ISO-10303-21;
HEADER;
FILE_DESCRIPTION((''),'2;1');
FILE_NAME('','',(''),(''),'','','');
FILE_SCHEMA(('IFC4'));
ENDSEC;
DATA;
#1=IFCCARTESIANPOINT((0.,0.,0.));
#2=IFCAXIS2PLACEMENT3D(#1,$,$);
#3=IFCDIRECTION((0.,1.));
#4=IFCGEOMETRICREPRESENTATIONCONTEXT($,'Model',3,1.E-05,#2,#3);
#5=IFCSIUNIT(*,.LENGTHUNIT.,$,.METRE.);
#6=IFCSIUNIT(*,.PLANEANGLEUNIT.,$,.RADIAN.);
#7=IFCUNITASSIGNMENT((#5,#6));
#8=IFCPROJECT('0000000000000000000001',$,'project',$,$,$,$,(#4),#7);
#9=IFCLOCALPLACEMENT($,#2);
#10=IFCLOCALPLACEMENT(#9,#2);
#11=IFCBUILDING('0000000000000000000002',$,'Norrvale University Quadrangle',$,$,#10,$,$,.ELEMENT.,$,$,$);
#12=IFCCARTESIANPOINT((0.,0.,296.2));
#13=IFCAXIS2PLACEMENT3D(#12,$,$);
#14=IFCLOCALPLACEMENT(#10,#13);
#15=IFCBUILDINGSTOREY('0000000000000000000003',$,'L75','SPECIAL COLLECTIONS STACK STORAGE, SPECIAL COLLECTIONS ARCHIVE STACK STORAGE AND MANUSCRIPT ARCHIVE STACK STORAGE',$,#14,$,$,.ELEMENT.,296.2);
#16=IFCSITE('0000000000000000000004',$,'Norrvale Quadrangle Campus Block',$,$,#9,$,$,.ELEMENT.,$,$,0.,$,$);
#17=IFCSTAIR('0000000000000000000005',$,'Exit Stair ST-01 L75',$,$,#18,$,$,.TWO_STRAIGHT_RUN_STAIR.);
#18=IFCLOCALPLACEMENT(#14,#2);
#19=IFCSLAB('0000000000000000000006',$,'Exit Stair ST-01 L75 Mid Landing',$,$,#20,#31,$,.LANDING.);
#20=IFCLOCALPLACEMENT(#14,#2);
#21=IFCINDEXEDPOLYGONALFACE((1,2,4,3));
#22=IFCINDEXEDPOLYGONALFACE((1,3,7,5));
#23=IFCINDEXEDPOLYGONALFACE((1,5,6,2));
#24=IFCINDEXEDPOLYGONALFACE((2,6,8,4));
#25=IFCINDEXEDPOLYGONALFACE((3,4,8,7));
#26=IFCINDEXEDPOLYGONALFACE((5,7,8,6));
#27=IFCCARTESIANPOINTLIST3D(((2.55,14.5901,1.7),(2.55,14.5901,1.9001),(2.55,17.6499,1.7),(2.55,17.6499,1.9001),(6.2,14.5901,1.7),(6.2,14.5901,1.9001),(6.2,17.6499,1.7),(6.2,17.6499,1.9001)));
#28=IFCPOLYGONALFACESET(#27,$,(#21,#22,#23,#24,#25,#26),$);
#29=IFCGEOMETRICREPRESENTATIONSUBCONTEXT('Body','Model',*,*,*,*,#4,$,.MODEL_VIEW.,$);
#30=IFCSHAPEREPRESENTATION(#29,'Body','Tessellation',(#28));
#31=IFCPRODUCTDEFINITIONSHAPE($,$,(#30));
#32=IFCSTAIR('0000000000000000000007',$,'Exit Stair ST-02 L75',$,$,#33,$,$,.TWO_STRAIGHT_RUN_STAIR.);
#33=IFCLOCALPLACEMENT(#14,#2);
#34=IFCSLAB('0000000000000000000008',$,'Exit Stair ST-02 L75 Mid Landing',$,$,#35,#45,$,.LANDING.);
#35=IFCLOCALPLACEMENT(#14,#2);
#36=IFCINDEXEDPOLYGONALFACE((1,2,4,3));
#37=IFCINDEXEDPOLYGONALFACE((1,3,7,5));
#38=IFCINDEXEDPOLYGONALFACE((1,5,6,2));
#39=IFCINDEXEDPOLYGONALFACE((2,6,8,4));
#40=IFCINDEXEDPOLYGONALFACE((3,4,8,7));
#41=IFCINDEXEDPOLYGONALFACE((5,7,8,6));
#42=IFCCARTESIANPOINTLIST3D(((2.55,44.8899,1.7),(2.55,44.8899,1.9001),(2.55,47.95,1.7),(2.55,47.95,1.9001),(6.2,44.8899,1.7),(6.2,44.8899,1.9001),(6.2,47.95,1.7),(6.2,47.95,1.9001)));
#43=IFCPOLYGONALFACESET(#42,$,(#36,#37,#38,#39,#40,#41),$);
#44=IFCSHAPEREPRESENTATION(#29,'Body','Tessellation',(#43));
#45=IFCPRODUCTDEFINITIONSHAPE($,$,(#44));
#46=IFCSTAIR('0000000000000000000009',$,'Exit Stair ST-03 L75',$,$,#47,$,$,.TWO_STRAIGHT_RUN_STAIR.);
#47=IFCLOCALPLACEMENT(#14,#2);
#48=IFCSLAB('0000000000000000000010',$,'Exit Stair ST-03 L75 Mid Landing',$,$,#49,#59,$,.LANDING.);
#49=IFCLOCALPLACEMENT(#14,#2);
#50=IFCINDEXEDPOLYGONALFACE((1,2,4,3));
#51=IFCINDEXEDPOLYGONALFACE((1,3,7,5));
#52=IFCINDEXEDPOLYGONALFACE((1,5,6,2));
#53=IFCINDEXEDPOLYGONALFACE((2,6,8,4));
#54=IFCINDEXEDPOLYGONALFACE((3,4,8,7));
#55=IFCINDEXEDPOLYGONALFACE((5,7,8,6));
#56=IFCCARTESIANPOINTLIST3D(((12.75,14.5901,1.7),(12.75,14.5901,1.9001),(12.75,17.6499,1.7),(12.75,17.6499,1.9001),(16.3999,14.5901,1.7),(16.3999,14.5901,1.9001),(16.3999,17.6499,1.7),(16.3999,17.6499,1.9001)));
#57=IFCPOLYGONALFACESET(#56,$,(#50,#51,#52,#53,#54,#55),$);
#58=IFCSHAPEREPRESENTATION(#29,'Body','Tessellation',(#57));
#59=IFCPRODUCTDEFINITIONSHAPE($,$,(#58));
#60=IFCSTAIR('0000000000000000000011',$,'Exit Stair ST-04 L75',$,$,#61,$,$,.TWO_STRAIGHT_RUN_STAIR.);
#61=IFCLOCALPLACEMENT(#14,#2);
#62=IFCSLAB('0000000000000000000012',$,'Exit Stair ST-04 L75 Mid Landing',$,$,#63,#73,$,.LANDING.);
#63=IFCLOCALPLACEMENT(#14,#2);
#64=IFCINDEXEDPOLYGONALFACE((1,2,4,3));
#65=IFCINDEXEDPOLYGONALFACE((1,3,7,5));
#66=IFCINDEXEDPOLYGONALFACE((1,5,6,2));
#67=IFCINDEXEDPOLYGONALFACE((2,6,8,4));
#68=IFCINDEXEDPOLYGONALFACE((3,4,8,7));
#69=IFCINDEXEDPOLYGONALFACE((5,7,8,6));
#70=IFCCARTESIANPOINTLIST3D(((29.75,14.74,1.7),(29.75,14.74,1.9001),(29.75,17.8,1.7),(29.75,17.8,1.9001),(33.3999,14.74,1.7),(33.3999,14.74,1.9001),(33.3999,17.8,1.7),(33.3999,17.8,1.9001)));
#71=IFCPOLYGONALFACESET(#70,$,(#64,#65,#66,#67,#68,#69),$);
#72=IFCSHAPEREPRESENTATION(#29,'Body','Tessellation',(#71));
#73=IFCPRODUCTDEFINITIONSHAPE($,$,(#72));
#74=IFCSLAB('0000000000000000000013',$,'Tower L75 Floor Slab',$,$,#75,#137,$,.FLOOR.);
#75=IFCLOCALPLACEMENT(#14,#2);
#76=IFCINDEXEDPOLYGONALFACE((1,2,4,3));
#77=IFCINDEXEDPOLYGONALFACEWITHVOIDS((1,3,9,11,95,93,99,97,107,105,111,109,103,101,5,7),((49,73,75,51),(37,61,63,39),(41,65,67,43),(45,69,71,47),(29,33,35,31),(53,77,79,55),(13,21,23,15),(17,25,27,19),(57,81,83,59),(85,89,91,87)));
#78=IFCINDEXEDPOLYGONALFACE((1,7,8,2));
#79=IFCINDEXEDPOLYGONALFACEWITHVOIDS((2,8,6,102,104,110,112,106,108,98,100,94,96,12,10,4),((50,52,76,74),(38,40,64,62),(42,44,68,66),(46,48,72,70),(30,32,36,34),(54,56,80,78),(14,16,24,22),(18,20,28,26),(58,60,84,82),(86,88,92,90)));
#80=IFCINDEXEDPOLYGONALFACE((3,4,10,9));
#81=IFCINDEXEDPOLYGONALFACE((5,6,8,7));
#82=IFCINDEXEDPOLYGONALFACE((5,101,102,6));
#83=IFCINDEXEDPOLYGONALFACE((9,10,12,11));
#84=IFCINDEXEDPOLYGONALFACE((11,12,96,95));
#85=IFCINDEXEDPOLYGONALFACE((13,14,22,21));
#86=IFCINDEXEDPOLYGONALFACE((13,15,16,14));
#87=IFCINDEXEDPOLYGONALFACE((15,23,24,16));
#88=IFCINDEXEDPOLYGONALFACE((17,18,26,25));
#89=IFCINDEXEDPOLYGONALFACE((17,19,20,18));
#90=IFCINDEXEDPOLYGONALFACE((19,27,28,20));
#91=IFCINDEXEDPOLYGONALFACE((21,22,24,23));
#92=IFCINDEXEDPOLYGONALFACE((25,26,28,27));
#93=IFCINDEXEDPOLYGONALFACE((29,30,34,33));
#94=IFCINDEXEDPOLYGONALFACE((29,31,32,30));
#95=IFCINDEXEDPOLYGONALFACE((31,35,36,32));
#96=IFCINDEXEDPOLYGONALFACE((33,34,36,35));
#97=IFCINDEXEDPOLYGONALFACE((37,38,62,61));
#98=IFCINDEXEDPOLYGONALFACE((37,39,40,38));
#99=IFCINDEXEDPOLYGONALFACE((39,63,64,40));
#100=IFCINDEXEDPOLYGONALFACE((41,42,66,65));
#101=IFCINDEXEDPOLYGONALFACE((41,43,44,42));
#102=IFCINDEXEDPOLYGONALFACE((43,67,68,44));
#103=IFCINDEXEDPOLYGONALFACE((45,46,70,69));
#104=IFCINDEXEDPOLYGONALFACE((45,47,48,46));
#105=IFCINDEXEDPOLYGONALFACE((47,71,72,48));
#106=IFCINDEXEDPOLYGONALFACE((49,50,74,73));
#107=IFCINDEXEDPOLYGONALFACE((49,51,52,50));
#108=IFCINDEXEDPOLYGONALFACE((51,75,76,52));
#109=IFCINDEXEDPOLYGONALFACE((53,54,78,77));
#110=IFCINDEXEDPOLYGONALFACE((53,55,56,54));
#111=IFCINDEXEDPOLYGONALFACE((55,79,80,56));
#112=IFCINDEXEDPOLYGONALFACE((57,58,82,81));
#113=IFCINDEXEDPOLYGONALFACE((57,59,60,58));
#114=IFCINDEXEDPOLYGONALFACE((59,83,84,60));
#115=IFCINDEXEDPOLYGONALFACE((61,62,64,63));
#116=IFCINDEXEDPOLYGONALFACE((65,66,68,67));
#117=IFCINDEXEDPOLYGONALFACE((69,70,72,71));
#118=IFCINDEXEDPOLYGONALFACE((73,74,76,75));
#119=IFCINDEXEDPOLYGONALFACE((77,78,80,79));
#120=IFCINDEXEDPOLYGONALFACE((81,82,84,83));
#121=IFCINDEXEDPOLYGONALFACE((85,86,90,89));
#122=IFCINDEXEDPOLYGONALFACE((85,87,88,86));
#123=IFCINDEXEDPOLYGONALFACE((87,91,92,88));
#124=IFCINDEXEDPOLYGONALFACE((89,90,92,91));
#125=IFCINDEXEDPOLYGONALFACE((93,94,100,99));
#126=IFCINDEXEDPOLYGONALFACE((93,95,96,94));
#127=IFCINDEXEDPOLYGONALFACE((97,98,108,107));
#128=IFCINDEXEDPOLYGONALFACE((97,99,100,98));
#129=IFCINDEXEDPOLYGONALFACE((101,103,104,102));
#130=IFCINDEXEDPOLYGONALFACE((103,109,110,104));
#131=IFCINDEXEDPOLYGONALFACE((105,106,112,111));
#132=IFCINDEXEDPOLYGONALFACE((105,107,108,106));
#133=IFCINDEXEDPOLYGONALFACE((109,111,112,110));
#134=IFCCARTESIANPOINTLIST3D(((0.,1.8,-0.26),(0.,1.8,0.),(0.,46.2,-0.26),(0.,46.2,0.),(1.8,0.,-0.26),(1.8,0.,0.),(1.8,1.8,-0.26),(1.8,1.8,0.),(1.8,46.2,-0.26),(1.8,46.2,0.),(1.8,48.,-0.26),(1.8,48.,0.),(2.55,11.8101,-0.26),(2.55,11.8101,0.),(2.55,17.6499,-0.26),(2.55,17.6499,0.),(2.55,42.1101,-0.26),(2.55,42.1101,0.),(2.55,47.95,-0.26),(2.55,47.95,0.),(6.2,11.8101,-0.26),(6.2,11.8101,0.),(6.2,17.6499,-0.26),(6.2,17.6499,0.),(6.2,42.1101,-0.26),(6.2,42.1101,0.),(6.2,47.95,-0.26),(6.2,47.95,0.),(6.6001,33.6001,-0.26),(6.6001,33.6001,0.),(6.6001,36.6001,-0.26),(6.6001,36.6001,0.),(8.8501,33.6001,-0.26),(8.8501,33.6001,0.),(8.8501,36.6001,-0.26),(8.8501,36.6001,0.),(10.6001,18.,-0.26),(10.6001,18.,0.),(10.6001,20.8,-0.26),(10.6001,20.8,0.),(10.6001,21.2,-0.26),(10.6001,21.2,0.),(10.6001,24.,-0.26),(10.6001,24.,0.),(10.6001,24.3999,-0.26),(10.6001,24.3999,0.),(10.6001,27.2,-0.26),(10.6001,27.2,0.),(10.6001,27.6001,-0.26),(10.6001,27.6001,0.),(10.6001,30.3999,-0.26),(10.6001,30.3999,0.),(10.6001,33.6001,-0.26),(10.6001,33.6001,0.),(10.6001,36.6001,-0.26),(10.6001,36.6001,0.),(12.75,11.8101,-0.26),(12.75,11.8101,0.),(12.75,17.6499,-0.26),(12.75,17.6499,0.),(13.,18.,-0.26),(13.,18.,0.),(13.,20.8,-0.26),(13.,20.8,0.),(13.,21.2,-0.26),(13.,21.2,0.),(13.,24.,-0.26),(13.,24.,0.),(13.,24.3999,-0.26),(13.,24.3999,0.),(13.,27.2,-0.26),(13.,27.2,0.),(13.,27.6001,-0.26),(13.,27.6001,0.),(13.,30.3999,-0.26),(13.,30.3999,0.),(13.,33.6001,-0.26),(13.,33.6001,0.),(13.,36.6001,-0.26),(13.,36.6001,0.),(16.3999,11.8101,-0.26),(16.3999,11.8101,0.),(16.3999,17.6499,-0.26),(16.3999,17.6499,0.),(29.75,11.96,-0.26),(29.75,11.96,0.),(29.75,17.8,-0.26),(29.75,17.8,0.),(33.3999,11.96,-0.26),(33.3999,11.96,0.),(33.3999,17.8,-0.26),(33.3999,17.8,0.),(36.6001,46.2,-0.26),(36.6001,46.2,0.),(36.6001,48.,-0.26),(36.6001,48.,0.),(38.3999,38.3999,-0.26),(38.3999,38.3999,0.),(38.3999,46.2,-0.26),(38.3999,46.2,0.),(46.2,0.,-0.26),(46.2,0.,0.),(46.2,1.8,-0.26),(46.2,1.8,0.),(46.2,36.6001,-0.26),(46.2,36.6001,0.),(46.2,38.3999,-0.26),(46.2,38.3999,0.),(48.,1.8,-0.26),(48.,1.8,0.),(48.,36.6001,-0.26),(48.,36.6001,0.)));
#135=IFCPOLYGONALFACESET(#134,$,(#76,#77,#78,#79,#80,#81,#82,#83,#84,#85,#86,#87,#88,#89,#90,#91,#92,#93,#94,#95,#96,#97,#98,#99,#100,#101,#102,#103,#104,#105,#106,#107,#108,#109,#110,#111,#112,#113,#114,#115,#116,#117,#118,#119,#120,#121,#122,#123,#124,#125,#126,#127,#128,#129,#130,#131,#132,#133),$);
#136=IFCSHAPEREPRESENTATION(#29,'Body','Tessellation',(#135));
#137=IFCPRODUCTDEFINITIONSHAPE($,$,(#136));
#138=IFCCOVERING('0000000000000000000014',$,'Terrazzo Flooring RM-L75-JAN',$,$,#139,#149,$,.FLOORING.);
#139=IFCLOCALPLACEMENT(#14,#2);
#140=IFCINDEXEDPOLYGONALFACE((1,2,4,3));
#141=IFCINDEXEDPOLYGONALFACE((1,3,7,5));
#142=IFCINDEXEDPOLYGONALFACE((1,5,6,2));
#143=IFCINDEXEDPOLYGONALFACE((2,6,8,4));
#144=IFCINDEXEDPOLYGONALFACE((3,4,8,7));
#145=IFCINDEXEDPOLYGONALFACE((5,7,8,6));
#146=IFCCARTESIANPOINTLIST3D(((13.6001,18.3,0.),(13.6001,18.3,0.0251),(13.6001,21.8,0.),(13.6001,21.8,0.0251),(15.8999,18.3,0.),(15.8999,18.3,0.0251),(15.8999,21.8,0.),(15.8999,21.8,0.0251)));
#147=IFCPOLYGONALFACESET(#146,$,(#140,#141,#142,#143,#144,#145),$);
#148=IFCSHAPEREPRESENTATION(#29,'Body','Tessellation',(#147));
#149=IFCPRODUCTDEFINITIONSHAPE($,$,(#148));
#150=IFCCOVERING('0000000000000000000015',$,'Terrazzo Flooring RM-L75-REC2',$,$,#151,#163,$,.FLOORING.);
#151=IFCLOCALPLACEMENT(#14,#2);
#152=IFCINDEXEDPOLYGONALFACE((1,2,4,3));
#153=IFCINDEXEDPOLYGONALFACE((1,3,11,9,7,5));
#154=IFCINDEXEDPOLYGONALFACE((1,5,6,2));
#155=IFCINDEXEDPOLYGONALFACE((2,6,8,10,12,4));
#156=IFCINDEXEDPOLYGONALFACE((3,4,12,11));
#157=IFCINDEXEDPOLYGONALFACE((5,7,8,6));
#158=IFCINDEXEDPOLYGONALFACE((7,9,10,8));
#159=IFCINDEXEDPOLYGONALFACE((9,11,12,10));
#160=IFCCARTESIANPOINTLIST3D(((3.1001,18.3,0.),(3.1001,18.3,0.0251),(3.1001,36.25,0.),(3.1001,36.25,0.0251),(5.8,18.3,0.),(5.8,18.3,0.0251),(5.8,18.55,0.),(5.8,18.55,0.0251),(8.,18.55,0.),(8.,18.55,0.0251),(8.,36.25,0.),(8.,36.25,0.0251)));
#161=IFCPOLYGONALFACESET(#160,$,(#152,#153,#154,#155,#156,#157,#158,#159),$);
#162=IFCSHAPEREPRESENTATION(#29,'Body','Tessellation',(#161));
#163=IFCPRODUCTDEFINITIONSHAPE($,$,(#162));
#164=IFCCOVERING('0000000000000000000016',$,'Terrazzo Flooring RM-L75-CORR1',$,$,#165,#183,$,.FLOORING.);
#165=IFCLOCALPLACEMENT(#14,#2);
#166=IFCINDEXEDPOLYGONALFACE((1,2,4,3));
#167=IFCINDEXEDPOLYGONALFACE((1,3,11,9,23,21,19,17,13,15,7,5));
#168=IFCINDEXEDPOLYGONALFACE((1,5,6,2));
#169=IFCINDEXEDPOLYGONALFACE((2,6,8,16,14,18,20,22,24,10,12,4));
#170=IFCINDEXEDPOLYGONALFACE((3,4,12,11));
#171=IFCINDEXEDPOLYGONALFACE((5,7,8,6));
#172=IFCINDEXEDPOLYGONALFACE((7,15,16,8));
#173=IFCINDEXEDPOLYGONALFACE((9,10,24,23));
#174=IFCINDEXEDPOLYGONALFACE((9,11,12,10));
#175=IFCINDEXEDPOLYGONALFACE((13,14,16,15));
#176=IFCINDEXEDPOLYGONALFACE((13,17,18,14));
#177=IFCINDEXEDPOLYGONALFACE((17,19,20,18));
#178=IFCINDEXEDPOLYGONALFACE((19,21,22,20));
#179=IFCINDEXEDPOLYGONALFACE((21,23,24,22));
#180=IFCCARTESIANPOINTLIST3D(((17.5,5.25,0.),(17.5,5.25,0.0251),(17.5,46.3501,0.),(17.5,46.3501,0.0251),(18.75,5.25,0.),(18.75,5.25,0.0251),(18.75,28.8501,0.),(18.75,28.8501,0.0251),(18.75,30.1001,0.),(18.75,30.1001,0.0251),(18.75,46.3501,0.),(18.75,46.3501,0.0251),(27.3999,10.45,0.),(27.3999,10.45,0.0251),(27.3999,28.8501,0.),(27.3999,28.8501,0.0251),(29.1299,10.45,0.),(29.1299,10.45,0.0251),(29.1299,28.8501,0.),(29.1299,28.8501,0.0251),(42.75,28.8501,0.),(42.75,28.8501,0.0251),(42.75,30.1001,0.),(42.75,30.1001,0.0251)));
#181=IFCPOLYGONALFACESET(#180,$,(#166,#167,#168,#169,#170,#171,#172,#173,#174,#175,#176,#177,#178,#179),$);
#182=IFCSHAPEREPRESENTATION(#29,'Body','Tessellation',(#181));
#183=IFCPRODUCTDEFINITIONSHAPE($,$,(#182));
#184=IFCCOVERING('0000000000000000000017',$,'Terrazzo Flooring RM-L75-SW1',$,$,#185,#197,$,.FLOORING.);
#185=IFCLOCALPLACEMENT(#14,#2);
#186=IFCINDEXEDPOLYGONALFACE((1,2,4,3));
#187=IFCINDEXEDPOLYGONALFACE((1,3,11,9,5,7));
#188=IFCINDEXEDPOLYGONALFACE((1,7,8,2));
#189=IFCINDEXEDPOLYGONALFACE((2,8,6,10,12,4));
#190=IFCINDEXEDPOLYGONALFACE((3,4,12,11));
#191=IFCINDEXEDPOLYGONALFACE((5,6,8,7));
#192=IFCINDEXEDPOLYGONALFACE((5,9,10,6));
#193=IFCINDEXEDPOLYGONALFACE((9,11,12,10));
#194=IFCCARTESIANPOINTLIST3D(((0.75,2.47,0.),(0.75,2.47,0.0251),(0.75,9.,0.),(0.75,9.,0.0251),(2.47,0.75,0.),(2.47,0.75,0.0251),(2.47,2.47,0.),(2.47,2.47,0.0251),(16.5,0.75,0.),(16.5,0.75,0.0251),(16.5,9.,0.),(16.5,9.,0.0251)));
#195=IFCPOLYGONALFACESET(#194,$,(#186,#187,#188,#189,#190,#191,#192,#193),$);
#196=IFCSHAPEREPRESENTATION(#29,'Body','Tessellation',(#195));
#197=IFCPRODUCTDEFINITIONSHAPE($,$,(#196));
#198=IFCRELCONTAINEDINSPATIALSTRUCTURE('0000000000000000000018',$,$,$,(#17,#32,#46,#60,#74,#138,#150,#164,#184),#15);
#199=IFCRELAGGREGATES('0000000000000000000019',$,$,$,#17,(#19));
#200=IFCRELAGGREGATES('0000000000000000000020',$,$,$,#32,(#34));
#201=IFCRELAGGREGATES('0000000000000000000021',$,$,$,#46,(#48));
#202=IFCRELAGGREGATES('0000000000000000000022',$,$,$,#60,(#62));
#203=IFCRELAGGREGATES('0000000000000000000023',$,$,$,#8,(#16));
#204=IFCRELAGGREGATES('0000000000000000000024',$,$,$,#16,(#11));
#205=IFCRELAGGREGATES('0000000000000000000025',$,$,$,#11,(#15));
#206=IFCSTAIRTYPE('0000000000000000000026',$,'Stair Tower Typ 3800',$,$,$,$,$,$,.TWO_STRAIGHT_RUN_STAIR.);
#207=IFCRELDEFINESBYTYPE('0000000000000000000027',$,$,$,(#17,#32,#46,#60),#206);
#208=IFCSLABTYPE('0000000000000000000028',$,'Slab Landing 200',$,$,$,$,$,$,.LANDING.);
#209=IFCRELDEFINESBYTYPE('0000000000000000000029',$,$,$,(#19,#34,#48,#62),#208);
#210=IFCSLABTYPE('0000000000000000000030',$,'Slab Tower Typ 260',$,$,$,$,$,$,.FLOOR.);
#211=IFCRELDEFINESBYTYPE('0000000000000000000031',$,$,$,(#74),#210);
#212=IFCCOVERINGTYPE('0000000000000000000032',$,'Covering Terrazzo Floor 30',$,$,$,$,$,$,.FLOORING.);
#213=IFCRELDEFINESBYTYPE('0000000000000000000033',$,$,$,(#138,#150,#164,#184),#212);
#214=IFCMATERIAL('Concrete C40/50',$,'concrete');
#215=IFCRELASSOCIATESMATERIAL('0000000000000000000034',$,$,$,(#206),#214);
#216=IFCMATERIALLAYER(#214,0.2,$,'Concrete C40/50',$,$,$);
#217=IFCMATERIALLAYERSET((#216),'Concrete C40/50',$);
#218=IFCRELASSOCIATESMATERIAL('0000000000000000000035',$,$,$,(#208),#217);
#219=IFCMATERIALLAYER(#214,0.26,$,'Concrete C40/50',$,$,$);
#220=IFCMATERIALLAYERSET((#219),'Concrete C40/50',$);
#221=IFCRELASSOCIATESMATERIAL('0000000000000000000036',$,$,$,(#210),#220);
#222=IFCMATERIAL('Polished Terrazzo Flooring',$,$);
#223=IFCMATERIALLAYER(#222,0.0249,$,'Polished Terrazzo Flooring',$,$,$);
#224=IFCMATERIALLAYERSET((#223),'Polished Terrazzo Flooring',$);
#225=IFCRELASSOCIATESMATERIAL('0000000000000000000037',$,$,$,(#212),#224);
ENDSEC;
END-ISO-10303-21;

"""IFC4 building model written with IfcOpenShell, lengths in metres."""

from ifc_helpers import new_model, si_unit, direction, frame, origin, place, context, subcontext, project, spatial, polyline, outline, extrude, material, layer, layer_set, type_object, element, aggregate, save


model = new_model("IFC4")

# Units and contexts
model_context = context("Model", 3, precision=1e-05, world=origin(), true_north=direction((0.0, 1.0)))
body_context = subcontext(model_context, "Body", "Model", "MODEL_VIEW")
ifc_project = project(units=[si_unit("LENGTHUNIT", "METRE"), si_unit("PLANEANGLEUNIT", "RADIAN")], contexts=[model_context])

# Site, building, storey
site_placement = place(None, origin())
site = spatial("IfcSite", under=ifc_project, at=site_placement, Name="Norrvale Quadrangle Campus Block", CompositionType="ELEMENT", RefElevation=0.0)
building_placement = place(site_placement, origin())
building = spatial("IfcBuilding", under=site, at=building_placement, Name="Norrvale University Quadrangle", CompositionType="ELEMENT")
storey_placement = place(building_placement, frame((0.0, 0.0, 296.2)))
storey = spatial("IfcBuildingStorey", under=building, at=storey_placement, Name="L75", Description="SPECIAL COLLECTIONS STACK STORAGE, SPECIAL COLLECTIONS ARCHIVE STACK STORAGE AND MANUSCRIPT ARCHIVE STACK STORAGE", CompositionType="ELEMENT", Elevation=296.2)

# Stairs, slabs
ifc_material_1 = material(Name="Concrete C40/50", Category="concrete")
stair_type = type_object("IfcStairType", Name="Stair Tower Typ 3800", PredefinedType="TWO_STRAIGHT_RUN_STAIR", material=ifc_material_1)
stair_1_placement = place(storey_placement, origin())
stair_1 = element("IfcStair", 1, at=stair_1_placement, inside=storey, type_object=stair_type, Name="Exit Stair ST-01 L75", PredefinedType="TWO_STRAIGHT_RUN_STAIR")
ifc_layer_1 = layer(ifc_material_1, 0.2, Name="Concrete C40/50")
ifc_layer_set_1 = layer_set([ifc_layer_1], Name="Concrete C40/50")
slab_type_1 = type_object("IfcSlabType", Name="Slab Landing 200", PredefinedType="LANDING", material=ifc_layer_set_1)
slab_1_placement = place(storey_placement, frame((0.0, 0.0, 1.7)))
slab_1 = element("IfcSlab", 2, at=slab_1_placement, type_object=slab_type_1, Name="Exit Stair ST-01 L75 Mid Landing", PredefinedType="LANDING", context=body_context, shape_type="SweptSolid", body=[
    extrude(outline(polyline([(2.55, 14.5901), (6.2, 14.5901), (6.2, 17.6499), (2.55, 17.6499), (2.55, 14.5901)])), origin(), (0.0, 0.0, 1.0), 0.2002),
])
aggregate(stair_1, [slab_1])
stair_2_placement = place(storey_placement, origin())
stair_2 = element("IfcStair", 3, at=stair_2_placement, inside=storey, type_object=stair_type, Name="Exit Stair ST-02 L75", PredefinedType="TWO_STRAIGHT_RUN_STAIR")
slab_2_placement = place(storey_placement, frame((0.0, 0.0, 1.7)))
slab_2 = element("IfcSlab", 4, at=slab_2_placement, type_object=slab_type_1, Name="Exit Stair ST-02 L75 Mid Landing", PredefinedType="LANDING", context=body_context, shape_type="SweptSolid", body=[
    extrude(outline(polyline([(2.55, 44.8899), (6.2, 44.8899), (6.2, 47.95), (2.55, 47.95), (2.55, 44.8899)])), origin(), (0.0, 0.0, 1.0), 0.2002),
])
aggregate(stair_2, [slab_2])
stair_3_placement = place(storey_placement, origin())
stair_3 = element("IfcStair", 5, at=stair_3_placement, inside=storey, type_object=stair_type, Name="Exit Stair ST-03 L75", PredefinedType="TWO_STRAIGHT_RUN_STAIR")
slab_3_placement = place(storey_placement, frame((0.0, 0.0, 1.7)))
slab_3 = element("IfcSlab", 6, at=slab_3_placement, type_object=slab_type_1, Name="Exit Stair ST-03 L75 Mid Landing", PredefinedType="LANDING", context=body_context, shape_type="SweptSolid", body=[
    extrude(outline(polyline([(12.75, 14.5901), (16.3999, 14.5901), (16.3999, 17.6499), (12.75, 17.6499), (12.75, 14.5901)])), origin(), (0.0, 0.0, 1.0), 0.2002),
])
aggregate(stair_3, [slab_3])
stair_4_placement = place(storey_placement, origin())
stair_4 = element("IfcStair", 7, at=stair_4_placement, inside=storey, type_object=stair_type, Name="Exit Stair ST-04 L75", PredefinedType="TWO_STRAIGHT_RUN_STAIR")
slab_4_placement = place(storey_placement, frame((0.0, 0.0, 1.7)))
slab_4 = element("IfcSlab", 8, at=slab_4_placement, type_object=slab_type_1, Name="Exit Stair ST-04 L75 Mid Landing", PredefinedType="LANDING", context=body_context, shape_type="SweptSolid", body=[
    extrude(outline(polyline([(29.75, 14.74), (33.3999, 14.74), (33.3999, 17.8), (29.75, 17.8), (29.75, 14.74)])), origin(), (0.0, 0.0, 1.0), 0.2002),
])
aggregate(stair_4, [slab_4])

# Slab
ifc_layer_2 = layer(ifc_material_1, 0.26, Name="Concrete C40/50")
ifc_layer_set_2 = layer_set([ifc_layer_2], Name="Concrete C40/50")
slab_type_2 = type_object("IfcSlabType", Name="Slab Tower Typ 260", PredefinedType="FLOOR", material=ifc_layer_set_2)
slab_5_placement = place(storey_placement, frame((0.0, 0.0, -0.26)))
element("IfcSlab", 9, at=slab_5_placement, inside=storey, type_object=slab_type_2, Name="Tower L75 Floor Slab", PredefinedType="FLOOR", context=body_context, shape_type="SweptSolid", body=[
    extrude(outline(polyline([(1.8, 0.0), (46.2, 0.0), (46.2, 1.8), (48.0, 1.8), (48.0, 36.6001), (46.2, 36.6001), (46.2, 38.3999), (38.3999, 38.3999), (38.3999, 46.2), (36.6001, 46.2), (36.6001, 48.0), (1.8, 48.0), (1.8, 46.2), (0.0, 46.2), (0.0, 1.8), (1.8, 1.8), (1.8, 0.0)]), holes=[polyline([(2.55, 11.8101), (6.2, 11.8101), (6.2, 17.6499), (2.55, 17.6499), (2.55, 11.8101)]), polyline([(2.55, 42.1101), (6.2, 42.1101), (6.2, 47.95), (2.55, 47.95), (2.55, 42.1101)]), polyline([(12.75, 11.8101), (16.3999, 11.8101), (16.3999, 17.6499), (12.75, 17.6499), (12.75, 11.8101)]), polyline([(29.75, 11.96), (33.3999, 11.96), (33.3999, 17.8), (29.75, 17.8), (29.75, 11.96)]), polyline([(10.6001, 18.0), (13.0, 18.0), (13.0, 20.8), (10.6001, 20.8), (10.6001, 18.0)]), polyline([(10.6001, 21.2), (13.0, 21.2), (13.0, 24.0), (10.6001, 24.0), (10.6001, 21.2)]), polyline([(10.6001, 24.3999), (13.0, 24.3999), (13.0, 27.2), (10.6001, 27.2), (10.6001, 24.3999)]), polyline([(10.6001, 27.6001), (13.0, 27.6001), (13.0, 30.3999), (10.6001, 30.3999), (10.6001, 27.6001)]), polyline([(6.6001, 33.6001), (8.8501, 33.6001), (8.8501, 36.6001), (6.6001, 36.6001), (6.6001, 33.6001)]), polyline([(10.6001, 33.6001), (13.0, 33.6001), (13.0, 36.6001), (10.6001, 36.6001), (10.6001, 33.6001)])]), origin(), (0.0, 0.0, 1.0), 0.26),
])

# Coverings
ifc_material_2 = material(Name="Polished Terrazzo Flooring")
ifc_layer_3 = layer(ifc_material_2, 0.0249, Name="Polished Terrazzo Flooring")
ifc_layer_set_3 = layer_set([ifc_layer_3], Name="Polished Terrazzo Flooring")
covering_type = type_object("IfcCoveringType", Name="Covering Terrazzo Floor 30", PredefinedType="FLOORING", material=ifc_layer_set_3)
covering_1_placement = place(storey_placement, origin())
element("IfcCovering", 10, at=covering_1_placement, inside=storey, type_object=covering_type, Name="Terrazzo Flooring RM-L75-JAN", PredefinedType="FLOORING", context=body_context, shape_type="SweptSolid", body=[
    extrude(outline(polyline([(13.6001, 18.3), (13.6001, 21.8), (15.8999, 21.8), (15.8999, 18.3), (13.6001, 18.3)])), origin(), (0.0, 0.0, 1.0), 0.0251),
])
covering_2_placement = place(storey_placement, origin())
element("IfcCovering", 11, at=covering_2_placement, inside=storey, type_object=covering_type, Name="Terrazzo Flooring RM-L75-REC2", PredefinedType="FLOORING", context=body_context, shape_type="SweptSolid", body=[
    extrude(outline(polyline([(3.1001, 18.3), (3.1001, 36.25), (8.0, 36.25), (8.0, 18.55), (5.8, 18.55), (5.8, 18.3), (3.1001, 18.3)])), origin(), (0.0, 0.0, 1.0), 0.0251),
])
covering_3_placement = place(storey_placement, origin())
element("IfcCovering", 12, at=covering_3_placement, inside=storey, type_object=covering_type, Name="Terrazzo Flooring RM-L75-CORR1", PredefinedType="FLOORING", context=body_context, shape_type="SweptSolid", body=[
    extrude(outline(polyline([(17.5, 5.25), (17.5, 46.3501), (18.75, 46.3501), (18.75, 30.1001), (42.75, 30.1001), (42.75, 28.8501), (29.1299, 28.8501), (29.1299, 10.45), (27.3999, 10.45), (27.3999, 28.8501), (18.75, 28.8501), (18.75, 5.25), (17.5, 5.25)])), origin(), (0.0, 0.0, 1.0), 0.0251),
])
covering_4_placement = place(storey_placement, origin())
element("IfcCovering", 13, at=covering_4_placement, inside=storey, type_object=covering_type, Name="Terrazzo Flooring RM-L75-SW1", PredefinedType="FLOORING", context=body_context, shape_type="SweptSolid", body=[
    extrude(outline(polyline([(0.75, 9.0), (16.5, 9.0), (16.5, 0.75), (2.47, 0.75), (2.47, 2.47), (0.75, 2.47), (0.75, 9.0)])), origin(), (0.0, 0.0, 1.0), 0.0251),
])

save(model, "model.ifc")
